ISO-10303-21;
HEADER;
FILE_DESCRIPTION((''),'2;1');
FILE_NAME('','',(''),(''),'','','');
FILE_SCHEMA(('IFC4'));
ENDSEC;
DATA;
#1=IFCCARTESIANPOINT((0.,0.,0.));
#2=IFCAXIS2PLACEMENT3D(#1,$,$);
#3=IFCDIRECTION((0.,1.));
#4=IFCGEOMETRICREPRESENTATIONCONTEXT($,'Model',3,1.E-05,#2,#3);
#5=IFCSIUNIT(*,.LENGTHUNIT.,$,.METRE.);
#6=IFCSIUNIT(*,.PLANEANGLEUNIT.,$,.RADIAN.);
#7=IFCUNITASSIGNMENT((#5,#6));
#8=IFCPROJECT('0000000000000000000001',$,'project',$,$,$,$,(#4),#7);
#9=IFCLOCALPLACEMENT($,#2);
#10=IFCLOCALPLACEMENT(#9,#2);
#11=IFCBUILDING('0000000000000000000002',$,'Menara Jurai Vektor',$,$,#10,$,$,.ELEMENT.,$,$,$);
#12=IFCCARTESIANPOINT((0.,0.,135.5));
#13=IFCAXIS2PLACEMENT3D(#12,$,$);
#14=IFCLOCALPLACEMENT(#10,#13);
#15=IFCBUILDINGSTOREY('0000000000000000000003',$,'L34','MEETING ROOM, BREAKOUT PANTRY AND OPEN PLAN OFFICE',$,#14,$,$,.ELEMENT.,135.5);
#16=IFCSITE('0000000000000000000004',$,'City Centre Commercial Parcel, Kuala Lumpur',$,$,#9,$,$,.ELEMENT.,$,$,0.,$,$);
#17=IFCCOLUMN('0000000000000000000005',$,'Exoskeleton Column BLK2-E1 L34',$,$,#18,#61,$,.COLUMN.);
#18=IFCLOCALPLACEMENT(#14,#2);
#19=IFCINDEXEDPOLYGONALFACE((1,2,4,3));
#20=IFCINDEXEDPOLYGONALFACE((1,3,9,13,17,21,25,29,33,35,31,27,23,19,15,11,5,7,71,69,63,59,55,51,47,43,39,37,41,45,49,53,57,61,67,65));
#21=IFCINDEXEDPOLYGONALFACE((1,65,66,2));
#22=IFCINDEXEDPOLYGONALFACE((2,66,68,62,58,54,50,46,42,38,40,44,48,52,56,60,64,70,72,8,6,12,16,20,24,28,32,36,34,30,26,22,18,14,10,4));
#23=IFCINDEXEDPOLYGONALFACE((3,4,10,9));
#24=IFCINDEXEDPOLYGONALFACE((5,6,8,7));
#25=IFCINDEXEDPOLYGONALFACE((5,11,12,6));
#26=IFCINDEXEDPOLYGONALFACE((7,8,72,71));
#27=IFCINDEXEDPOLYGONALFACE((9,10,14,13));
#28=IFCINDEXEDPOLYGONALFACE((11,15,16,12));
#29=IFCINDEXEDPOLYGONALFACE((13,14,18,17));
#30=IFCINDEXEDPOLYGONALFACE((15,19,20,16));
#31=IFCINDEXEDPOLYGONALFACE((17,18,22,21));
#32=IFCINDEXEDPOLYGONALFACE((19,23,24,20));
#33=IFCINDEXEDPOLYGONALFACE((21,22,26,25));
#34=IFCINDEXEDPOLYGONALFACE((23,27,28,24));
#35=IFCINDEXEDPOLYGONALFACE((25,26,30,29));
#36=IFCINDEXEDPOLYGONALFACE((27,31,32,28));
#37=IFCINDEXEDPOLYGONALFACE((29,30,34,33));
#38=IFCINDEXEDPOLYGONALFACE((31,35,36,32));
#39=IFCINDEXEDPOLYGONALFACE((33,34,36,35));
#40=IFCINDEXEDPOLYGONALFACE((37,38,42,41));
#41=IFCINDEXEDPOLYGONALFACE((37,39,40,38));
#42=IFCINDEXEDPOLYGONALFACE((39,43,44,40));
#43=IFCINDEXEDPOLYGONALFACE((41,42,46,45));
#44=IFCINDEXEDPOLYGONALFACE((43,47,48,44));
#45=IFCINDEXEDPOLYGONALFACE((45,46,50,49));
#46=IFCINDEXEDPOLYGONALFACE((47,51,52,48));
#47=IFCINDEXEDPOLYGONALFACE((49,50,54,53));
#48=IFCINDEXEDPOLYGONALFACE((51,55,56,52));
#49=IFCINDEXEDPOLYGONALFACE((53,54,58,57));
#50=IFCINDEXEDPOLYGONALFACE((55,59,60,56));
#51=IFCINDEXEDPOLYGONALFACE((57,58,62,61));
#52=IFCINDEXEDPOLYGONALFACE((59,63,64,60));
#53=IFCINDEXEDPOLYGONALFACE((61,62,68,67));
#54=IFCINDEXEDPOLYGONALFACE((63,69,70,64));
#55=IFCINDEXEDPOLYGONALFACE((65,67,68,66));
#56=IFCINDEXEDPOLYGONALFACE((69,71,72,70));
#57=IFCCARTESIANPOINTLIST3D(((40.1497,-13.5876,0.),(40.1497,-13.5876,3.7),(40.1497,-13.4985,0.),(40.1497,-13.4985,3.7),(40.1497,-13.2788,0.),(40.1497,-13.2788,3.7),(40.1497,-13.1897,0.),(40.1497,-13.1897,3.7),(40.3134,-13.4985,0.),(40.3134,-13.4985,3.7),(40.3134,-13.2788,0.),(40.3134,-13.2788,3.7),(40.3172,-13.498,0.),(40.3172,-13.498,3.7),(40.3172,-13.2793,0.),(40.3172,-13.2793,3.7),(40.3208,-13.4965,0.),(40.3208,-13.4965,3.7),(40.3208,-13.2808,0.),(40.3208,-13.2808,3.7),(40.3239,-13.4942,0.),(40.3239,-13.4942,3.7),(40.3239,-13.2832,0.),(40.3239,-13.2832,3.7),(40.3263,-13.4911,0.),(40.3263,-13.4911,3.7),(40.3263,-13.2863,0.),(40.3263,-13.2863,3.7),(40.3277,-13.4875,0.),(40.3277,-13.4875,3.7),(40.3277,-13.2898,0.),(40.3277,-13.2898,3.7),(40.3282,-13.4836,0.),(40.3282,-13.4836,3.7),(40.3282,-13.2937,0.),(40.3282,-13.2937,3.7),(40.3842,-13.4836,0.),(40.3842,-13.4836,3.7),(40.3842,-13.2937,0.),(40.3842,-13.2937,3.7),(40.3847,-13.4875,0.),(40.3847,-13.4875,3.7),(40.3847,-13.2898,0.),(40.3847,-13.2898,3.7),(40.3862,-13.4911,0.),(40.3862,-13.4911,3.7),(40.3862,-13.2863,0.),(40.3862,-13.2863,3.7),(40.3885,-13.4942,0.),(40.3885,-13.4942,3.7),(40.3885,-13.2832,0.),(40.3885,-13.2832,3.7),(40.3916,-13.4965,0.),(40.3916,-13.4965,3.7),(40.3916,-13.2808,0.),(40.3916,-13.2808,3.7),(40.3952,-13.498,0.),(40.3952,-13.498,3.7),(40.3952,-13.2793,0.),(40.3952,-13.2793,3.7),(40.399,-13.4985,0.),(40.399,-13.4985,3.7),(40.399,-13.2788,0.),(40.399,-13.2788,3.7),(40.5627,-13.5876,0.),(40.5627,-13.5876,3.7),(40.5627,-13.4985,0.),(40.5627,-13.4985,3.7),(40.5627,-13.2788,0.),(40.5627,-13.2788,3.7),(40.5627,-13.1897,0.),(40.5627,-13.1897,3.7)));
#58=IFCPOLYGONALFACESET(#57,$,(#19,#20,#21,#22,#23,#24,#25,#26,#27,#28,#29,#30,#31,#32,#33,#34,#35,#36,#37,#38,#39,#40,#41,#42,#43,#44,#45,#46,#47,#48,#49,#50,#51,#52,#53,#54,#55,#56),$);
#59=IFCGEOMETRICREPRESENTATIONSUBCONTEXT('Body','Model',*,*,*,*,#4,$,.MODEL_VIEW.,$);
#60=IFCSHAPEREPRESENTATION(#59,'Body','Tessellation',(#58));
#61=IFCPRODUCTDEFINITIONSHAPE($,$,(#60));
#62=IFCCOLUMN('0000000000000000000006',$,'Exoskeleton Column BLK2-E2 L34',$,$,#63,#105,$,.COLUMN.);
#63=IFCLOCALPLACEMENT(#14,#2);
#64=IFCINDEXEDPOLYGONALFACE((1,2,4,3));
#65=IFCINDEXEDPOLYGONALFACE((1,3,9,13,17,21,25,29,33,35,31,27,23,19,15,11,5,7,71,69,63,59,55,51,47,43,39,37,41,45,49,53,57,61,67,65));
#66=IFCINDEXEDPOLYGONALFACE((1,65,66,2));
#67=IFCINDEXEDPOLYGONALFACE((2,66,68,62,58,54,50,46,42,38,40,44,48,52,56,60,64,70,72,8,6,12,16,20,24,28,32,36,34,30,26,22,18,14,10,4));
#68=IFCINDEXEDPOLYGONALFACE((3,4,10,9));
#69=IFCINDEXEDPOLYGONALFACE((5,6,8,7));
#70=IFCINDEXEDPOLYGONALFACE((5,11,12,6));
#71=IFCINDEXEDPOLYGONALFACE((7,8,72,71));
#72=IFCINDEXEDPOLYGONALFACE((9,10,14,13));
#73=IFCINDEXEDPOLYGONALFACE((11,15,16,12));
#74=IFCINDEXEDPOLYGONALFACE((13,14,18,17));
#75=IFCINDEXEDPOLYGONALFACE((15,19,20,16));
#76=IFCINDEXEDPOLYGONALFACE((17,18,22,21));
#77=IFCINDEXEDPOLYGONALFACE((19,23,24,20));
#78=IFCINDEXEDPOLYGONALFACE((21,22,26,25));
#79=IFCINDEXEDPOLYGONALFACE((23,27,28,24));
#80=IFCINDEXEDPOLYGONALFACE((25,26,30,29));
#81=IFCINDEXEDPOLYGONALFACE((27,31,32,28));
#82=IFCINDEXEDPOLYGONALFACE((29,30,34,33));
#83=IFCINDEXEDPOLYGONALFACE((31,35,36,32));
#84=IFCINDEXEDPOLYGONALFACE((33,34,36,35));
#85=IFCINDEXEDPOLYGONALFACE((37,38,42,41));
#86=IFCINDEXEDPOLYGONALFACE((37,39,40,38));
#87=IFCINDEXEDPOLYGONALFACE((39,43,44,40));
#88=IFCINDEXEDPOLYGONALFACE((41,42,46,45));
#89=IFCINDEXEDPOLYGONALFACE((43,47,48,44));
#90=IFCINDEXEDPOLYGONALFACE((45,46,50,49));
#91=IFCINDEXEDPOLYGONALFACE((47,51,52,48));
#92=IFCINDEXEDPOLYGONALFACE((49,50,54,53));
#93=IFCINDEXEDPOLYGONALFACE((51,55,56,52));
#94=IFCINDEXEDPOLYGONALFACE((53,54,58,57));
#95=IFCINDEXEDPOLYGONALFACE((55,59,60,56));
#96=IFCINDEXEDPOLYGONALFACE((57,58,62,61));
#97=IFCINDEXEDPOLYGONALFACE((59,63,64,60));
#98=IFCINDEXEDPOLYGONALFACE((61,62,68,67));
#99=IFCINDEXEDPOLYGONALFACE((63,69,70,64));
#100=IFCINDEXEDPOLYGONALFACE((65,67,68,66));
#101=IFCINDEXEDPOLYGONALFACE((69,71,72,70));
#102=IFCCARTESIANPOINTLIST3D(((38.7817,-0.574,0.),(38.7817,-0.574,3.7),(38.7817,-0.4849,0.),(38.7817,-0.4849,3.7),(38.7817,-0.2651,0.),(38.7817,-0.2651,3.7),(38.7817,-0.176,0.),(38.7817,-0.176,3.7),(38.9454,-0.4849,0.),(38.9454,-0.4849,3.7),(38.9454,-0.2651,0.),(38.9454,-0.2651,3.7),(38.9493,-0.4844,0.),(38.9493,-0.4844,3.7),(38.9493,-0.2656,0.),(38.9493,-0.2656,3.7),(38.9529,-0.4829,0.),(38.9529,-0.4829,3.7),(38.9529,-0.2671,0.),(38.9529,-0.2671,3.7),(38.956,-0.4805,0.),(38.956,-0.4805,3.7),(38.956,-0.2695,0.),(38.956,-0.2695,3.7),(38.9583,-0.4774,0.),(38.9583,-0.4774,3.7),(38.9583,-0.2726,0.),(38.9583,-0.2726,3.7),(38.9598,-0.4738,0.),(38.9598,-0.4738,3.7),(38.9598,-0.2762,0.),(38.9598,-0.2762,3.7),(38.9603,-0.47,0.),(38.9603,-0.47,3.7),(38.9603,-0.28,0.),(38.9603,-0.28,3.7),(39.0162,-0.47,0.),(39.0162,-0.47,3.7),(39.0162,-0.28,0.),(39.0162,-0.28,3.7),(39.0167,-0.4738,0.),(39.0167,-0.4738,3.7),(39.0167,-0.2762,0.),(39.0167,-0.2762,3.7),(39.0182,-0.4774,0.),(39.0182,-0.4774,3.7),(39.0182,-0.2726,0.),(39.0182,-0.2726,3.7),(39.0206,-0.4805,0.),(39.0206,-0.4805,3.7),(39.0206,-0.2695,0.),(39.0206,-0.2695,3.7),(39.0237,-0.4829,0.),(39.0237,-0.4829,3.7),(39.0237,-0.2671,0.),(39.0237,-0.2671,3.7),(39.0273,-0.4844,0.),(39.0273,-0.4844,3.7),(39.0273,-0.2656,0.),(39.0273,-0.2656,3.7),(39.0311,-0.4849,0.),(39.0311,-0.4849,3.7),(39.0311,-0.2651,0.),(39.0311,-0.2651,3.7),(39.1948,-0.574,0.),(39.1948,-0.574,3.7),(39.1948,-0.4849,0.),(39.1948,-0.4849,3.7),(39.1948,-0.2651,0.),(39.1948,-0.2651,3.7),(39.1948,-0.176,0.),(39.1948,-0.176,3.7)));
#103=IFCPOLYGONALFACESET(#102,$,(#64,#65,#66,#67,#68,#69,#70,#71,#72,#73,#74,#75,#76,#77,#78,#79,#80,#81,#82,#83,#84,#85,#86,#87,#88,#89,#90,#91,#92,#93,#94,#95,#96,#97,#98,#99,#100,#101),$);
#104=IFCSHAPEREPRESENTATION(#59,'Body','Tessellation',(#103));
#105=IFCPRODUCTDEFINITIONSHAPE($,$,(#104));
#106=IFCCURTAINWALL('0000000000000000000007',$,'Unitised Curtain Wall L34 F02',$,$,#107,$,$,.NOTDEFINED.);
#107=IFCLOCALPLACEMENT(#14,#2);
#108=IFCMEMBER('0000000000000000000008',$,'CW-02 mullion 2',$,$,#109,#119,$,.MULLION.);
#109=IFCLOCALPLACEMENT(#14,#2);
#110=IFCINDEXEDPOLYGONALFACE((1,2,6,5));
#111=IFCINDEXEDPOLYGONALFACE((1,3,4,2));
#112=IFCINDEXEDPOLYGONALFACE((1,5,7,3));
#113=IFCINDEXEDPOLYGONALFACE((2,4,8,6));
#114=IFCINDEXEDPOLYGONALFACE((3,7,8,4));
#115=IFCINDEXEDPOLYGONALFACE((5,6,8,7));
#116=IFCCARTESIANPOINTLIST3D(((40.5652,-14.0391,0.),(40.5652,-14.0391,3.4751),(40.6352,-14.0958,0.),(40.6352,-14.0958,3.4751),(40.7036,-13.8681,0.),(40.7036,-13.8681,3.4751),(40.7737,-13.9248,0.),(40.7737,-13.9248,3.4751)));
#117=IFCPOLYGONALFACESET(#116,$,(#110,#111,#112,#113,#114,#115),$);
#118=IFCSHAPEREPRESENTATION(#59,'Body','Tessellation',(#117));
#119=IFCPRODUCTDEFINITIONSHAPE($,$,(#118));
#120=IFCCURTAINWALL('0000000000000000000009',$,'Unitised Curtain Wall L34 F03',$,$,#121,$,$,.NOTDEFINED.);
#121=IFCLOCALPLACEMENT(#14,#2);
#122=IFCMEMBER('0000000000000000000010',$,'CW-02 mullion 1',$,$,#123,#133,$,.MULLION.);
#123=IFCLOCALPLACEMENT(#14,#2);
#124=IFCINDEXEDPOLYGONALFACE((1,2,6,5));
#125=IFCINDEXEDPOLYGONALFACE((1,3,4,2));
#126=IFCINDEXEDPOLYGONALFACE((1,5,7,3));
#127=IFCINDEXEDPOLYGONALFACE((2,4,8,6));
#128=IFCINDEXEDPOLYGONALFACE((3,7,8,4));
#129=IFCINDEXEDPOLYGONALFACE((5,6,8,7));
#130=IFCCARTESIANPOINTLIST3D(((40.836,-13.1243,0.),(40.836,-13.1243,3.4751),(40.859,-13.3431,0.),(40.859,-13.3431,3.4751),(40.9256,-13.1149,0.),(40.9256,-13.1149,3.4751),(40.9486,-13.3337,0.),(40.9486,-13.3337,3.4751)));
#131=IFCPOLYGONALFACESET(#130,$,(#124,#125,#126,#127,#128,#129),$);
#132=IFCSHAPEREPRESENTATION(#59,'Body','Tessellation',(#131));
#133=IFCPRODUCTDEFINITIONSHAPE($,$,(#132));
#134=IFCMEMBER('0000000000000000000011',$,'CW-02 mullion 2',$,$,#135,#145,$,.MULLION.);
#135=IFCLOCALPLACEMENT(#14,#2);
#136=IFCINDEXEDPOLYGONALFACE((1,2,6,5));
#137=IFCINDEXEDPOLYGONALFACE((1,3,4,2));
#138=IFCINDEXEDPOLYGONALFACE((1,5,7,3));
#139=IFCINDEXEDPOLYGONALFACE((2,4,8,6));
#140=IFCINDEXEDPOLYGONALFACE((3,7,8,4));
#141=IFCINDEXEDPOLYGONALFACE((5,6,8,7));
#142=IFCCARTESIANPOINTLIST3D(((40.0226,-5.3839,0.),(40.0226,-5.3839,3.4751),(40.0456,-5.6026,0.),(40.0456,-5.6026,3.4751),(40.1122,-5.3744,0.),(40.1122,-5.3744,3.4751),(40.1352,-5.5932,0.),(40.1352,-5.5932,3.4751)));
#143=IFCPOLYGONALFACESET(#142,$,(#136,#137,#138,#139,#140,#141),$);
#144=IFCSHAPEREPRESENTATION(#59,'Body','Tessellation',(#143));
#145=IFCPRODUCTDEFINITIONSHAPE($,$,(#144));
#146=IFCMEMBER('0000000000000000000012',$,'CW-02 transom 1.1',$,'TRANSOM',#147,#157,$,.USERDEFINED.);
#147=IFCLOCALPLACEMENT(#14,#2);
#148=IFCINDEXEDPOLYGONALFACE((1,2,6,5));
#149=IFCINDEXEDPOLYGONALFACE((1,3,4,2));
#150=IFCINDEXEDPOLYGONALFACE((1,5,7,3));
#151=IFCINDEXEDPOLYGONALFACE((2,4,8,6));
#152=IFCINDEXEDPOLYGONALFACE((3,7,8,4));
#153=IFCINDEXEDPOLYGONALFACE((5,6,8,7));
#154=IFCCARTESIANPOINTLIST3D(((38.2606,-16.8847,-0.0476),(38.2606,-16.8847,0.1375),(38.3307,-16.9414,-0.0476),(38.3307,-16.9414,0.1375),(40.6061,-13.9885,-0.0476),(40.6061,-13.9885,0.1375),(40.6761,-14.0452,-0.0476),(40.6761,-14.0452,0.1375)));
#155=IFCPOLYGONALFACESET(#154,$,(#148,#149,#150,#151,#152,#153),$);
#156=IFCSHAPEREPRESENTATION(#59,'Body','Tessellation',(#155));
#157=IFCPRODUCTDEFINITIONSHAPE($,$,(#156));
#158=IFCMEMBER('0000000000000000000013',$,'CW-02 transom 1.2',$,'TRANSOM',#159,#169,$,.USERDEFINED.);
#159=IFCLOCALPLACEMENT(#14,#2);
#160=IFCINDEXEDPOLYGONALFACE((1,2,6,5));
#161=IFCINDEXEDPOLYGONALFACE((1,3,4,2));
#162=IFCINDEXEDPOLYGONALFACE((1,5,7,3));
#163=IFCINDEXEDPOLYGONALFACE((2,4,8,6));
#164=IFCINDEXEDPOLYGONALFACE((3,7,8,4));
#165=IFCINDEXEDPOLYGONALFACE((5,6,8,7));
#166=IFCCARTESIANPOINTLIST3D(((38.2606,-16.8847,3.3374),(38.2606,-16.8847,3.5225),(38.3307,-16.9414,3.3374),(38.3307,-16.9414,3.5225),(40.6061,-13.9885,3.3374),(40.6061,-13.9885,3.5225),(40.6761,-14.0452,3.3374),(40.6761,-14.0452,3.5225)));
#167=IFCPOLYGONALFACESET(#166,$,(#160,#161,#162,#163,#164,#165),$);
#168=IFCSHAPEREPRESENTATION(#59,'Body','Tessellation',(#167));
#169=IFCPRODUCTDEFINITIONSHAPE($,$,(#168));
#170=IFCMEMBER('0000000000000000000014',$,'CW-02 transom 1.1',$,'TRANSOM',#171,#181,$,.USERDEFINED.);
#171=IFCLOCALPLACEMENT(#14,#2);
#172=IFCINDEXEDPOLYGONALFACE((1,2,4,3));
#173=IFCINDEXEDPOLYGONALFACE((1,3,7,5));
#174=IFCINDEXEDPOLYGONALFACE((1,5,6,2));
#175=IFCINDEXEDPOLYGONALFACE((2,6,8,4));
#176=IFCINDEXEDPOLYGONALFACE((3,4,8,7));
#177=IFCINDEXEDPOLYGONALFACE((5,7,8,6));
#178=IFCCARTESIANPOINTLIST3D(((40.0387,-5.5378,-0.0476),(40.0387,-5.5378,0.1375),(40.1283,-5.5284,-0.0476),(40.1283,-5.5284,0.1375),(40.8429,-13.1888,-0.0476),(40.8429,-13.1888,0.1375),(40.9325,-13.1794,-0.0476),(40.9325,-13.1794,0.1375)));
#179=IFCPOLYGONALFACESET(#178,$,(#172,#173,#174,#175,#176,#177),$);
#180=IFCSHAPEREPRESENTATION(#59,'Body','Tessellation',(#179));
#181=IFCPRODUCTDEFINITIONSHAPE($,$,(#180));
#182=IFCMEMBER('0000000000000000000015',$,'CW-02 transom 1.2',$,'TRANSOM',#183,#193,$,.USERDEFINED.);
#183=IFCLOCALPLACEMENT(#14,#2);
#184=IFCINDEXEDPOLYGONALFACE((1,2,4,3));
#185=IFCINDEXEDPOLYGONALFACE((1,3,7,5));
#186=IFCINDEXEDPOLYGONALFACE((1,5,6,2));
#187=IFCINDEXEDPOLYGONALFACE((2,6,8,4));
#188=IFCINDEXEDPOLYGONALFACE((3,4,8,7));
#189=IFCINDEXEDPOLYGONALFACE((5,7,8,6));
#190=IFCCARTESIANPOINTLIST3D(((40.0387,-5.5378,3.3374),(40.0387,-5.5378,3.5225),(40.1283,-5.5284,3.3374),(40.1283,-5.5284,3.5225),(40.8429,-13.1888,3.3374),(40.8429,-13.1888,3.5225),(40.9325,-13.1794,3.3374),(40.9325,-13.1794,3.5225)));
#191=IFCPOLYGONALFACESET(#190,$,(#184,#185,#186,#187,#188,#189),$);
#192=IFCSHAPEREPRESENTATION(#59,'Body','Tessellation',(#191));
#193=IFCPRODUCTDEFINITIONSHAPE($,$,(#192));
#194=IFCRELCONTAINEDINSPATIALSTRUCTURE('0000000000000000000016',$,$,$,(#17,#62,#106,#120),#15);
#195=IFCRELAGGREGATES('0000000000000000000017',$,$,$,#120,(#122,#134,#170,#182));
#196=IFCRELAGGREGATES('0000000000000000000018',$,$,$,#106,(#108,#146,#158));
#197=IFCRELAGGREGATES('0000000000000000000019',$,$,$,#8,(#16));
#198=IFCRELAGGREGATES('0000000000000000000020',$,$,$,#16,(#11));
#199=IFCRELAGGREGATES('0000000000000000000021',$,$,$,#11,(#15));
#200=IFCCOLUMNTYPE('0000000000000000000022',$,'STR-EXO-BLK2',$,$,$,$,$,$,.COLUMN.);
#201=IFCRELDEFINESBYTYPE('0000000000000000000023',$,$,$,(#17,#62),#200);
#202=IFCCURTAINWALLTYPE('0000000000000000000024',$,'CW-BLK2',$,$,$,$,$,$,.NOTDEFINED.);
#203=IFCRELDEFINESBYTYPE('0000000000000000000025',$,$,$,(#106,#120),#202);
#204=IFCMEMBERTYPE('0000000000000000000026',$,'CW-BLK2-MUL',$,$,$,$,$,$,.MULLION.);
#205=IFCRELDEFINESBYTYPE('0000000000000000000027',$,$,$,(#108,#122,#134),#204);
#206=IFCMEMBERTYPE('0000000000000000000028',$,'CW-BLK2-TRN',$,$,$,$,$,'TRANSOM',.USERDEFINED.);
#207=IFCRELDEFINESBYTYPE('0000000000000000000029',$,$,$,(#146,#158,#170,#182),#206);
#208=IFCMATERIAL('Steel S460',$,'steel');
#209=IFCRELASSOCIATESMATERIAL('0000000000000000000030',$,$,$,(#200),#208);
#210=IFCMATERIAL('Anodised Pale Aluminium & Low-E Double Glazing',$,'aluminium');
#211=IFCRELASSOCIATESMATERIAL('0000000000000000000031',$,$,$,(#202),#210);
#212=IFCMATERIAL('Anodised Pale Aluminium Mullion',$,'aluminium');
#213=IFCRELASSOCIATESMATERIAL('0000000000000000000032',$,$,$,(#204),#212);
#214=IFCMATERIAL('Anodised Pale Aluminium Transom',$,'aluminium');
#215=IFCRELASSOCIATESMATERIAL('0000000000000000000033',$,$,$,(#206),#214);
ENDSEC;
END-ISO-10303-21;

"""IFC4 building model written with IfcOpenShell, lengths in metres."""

from ifc_helpers import new_model, si_unit, direction, frame, origin, origin_2d, place, context, subcontext, project, spatial, rectangle, i_section, extrude, material, material_profile, profile_set, type_object, element, aggregate, save


model = new_model("IFC4")

# Units and contexts
model_context = context("Model", 3, precision=1e-05, world=origin(), true_north=direction((0.0, 1.0)))
body_context = subcontext(model_context, "Body", "Model", "MODEL_VIEW")
ifc_project = project(units=[si_unit("LENGTHUNIT", "METRE"), si_unit("PLANEANGLEUNIT", "RADIAN")], contexts=[model_context])

# Site, building, storey
site_placement = place(None, origin())
site = spatial("IfcSite", under=ifc_project, at=site_placement, Name="City Centre Commercial Parcel, Kuala Lumpur", CompositionType="ELEMENT", RefElevation=0.0)
building_placement = place(site_placement, origin())
building = spatial("IfcBuilding", under=site, at=building_placement, Name="Menara Jurai Vektor", CompositionType="ELEMENT")
storey_placement = place(building_placement, frame((0.0, 0.0, 135.5)))
storey = spatial("IfcBuildingStorey", under=building, at=storey_placement, Name="L34", Description="MEETING ROOM, BREAKOUT PANTRY AND OPEN PLAN OFFICE", CompositionType="ELEMENT", Elevation=135.5)

# Columns
ifc_material_1 = material(Name="Steel S460", Category="steel")
ifc_material_profile_1 = material_profile(ifc_material_1, i_section(OverallWidth=0.4131, OverallDepth=0.3979, WebThickness=0.0559, FlangeThickness=0.0891, FilletRadius=0.0149, at=origin_2d()), Name="HD 400x744")
ifc_profile_set_1 = profile_set([ifc_material_profile_1], Name="Steel S460")
column_type = type_object("IfcColumnType", Name="STR-EXO-BLK2", PredefinedType="COLUMN", material=ifc_profile_set_1)
for number, where, z_axis, x_axis, name in (
    (1, (40.3562, -13.3887, 0.0), (0.0, 0.0, 1.0), (1.0, 0.0, 0.0), "Exoskeleton Column BLK2-E1 L34"),
    (2, (38.9883, -0.375, 0.0), (0.0, 0.0, 1.0), (1.0, 0.0, 0.0), "Exoskeleton Column BLK2-E2 L34"),
):
    element("IfcColumn", number, at=place(storey_placement, frame(where, z_axis=z_axis, x_axis=x_axis)), inside=storey, type_object=column_type, Name=name, PredefinedType="COLUMN", context=body_context, shape_type="SweptSolid", body=[
        extrude(i_section(OverallWidth=0.4131, OverallDepth=0.3979, WebThickness=0.0559, FlangeThickness=0.0891, FilletRadius=0.0149, at=origin_2d()), origin(), (0.0, 0.0, 1.0), 3.7),
    ])

# Curtain wall, member
ifc_material_2 = material(Name="Anodised Pale Aluminium & Low-E Double Glazing", Category="aluminium")
curtain_wall_type = type_object("IfcCurtainWallType", Name="CW-BLK2", PredefinedType="NOTDEFINED", material=ifc_material_2)
curtain_wall_1_placement = place(storey_placement, origin())
curtain_wall_1 = element("IfcCurtainWall", 3, at=curtain_wall_1_placement, inside=storey, type_object=curtain_wall_type, Name="Unitised Curtain Wall L34 F02", PredefinedType="NOTDEFINED")
ifc_material_3 = material(Name="Anodised Pale Aluminium Mullion", Category="aluminium")
ifc_material_profile_2 = material_profile(ifc_material_3, rectangle(XDim=0.0901, YDim=0.22, at=origin_2d()), Name="ALU MUL 90x220")
ifc_profile_set_2 = profile_set([ifc_material_profile_2], Name="Anodised Pale Aluminium Mullion")
member_type_1 = type_object("IfcMemberType", Name="CW-BLK2-MUL", PredefinedType="MULLION", material=ifc_profile_set_2)
member_1_placement = place(storey_placement, frame((40.6694, -13.9819, 0.0), z_axis=(0.0, 0.0, 1.0), x_axis=(-0.777129, 0.629341, 0.0)))
member_1 = element("IfcMember", 4, at=member_1_placement, type_object=member_type_1, Name="CW-02 mullion 2", PredefinedType="MULLION", context=body_context, shape_type="SweptSolid", body=[
    extrude(rectangle(XDim=0.0901, YDim=0.22, at=origin_2d()), origin(), (0.0, 0.0, 1.0), 3.4751),
])

# Curtain wall, members
curtain_wall_2_placement = place(storey_placement, origin())
curtain_wall_2 = element("IfcCurtainWall", 5, at=curtain_wall_2_placement, inside=storey, type_object=curtain_wall_type, Name="Unitised Curtain Wall L34 F03", PredefinedType="NOTDEFINED")
member_2_placement = place(storey_placement, frame((40.8923, -13.229, 0.0), z_axis=(0.0, 0.0, 1.0), x_axis=(-0.994522, -0.10453, 0.0)))
member_2 = element("IfcMember", 6, at=member_2_placement, type_object=member_type_1, Name="CW-02 mullion 1", PredefinedType="MULLION", context=body_context, shape_type="SweptSolid", body=[
    extrude(rectangle(XDim=0.0901, YDim=0.22, at=origin_2d()), origin(), (0.0, 0.0, 1.0), 3.4751),
])
member_3_placement = place(storey_placement, frame((40.0789, -5.4885, 0.0), z_axis=(0.0, 0.0, 1.0), x_axis=(-0.994522, -0.10453, 0.0)))
member_3 = element("IfcMember", 7, at=member_3_placement, type_object=member_type_1, Name="CW-02 mullion 2", PredefinedType="MULLION", context=body_context, shape_type="SweptSolid", body=[
    extrude(rectangle(XDim=0.0901, YDim=0.22, at=origin_2d()), origin(), (0.0, 0.0, 1.0), 3.4751),
])

# Members
ifc_material_4 = material(Name="Anodised Pale Aluminium Transom", Category="aluminium")
ifc_material_profile_3 = material_profile(ifc_material_4, rectangle(XDim=0.0901, YDim=0.1851, at=origin_2d()), Name="ALU TRN 90x185")
ifc_profile_set_3 = profile_set([ifc_material_profile_3], Name="Anodised Pale Aluminium Transom")
member_type_2 = type_object("IfcMemberType", Name="CW-BLK2-TRN", ElementType="TRANSOM", PredefinedType="USERDEFINED", material=ifc_profile_set_3)
member_4_placement = place(storey_placement, frame((38.2957, -16.9131, 0.0449), z_axis=(0.629341, 0.777129, 0.0), x_axis=(-0.777129, 0.629341, 0.0)))
member_4 = element("IfcMember", 8, at=member_4_placement, type_object=member_type_2, Name="CW-02 transom 1.1", ObjectType="TRANSOM", PredefinedType="USERDEFINED", context=body_context, shape_type="SweptSolid", body=[
    extrude(rectangle(XDim=0.0901, YDim=0.1851, at=origin_2d()), origin(), (0.0, 0.0, 1.0), 3.7268),
])
member_5_placement = place(storey_placement, frame((38.2957, -16.9131, 3.4299), z_axis=(0.629341, 0.777129, 0.0), x_axis=(-0.777129, 0.629341, 0.0)))
member_5 = element("IfcMember", 9, at=member_5_placement, type_object=member_type_2, Name="CW-02 transom 1.2", ObjectType="TRANSOM", PredefinedType="USERDEFINED", context=body_context, shape_type="SweptSolid", body=[
    extrude(rectangle(XDim=0.0901, YDim=0.1851, at=origin_2d()), origin(), (0.0, 0.0, 1.0), 3.7268),
])
member_6_placement = place(storey_placement, frame((40.8877, -13.1841, 0.0449), z_axis=(-0.104536, 0.994521, 0.0), x_axis=(-0.994521, -0.104536, 0.0)))
member_6 = element("IfcMember", 10, at=member_6_placement, type_object=member_type_2, Name="CW-02 transom 1.1", ObjectType="TRANSOM", PredefinedType="USERDEFINED", context=body_context, shape_type="SweptSolid", body=[
    extrude(rectangle(XDim=0.0901, YDim=0.1851, at=origin_2d()), origin(), (0.0, 0.0, 1.0), 7.6931),
])
member_7_placement = place(storey_placement, frame((40.8877, -13.1841, 3.4299), z_axis=(-0.104536, 0.994521, 0.0), x_axis=(-0.994521, -0.104536, 0.0)))
member_7 = element("IfcMember", 11, at=member_7_placement, type_object=member_type_2, Name="CW-02 transom 1.2", ObjectType="TRANSOM", PredefinedType="USERDEFINED", context=body_context, shape_type="SweptSolid", body=[
    extrude(rectangle(XDim=0.0901, YDim=0.1851, at=origin_2d()), origin(), (0.0, 0.0, 1.0), 7.6931),
])

aggregate(curtain_wall_2, [member_2, member_3, member_6, member_7])
aggregate(curtain_wall_1, [member_1, member_4, member_5])

save(model, "model.ifc")
